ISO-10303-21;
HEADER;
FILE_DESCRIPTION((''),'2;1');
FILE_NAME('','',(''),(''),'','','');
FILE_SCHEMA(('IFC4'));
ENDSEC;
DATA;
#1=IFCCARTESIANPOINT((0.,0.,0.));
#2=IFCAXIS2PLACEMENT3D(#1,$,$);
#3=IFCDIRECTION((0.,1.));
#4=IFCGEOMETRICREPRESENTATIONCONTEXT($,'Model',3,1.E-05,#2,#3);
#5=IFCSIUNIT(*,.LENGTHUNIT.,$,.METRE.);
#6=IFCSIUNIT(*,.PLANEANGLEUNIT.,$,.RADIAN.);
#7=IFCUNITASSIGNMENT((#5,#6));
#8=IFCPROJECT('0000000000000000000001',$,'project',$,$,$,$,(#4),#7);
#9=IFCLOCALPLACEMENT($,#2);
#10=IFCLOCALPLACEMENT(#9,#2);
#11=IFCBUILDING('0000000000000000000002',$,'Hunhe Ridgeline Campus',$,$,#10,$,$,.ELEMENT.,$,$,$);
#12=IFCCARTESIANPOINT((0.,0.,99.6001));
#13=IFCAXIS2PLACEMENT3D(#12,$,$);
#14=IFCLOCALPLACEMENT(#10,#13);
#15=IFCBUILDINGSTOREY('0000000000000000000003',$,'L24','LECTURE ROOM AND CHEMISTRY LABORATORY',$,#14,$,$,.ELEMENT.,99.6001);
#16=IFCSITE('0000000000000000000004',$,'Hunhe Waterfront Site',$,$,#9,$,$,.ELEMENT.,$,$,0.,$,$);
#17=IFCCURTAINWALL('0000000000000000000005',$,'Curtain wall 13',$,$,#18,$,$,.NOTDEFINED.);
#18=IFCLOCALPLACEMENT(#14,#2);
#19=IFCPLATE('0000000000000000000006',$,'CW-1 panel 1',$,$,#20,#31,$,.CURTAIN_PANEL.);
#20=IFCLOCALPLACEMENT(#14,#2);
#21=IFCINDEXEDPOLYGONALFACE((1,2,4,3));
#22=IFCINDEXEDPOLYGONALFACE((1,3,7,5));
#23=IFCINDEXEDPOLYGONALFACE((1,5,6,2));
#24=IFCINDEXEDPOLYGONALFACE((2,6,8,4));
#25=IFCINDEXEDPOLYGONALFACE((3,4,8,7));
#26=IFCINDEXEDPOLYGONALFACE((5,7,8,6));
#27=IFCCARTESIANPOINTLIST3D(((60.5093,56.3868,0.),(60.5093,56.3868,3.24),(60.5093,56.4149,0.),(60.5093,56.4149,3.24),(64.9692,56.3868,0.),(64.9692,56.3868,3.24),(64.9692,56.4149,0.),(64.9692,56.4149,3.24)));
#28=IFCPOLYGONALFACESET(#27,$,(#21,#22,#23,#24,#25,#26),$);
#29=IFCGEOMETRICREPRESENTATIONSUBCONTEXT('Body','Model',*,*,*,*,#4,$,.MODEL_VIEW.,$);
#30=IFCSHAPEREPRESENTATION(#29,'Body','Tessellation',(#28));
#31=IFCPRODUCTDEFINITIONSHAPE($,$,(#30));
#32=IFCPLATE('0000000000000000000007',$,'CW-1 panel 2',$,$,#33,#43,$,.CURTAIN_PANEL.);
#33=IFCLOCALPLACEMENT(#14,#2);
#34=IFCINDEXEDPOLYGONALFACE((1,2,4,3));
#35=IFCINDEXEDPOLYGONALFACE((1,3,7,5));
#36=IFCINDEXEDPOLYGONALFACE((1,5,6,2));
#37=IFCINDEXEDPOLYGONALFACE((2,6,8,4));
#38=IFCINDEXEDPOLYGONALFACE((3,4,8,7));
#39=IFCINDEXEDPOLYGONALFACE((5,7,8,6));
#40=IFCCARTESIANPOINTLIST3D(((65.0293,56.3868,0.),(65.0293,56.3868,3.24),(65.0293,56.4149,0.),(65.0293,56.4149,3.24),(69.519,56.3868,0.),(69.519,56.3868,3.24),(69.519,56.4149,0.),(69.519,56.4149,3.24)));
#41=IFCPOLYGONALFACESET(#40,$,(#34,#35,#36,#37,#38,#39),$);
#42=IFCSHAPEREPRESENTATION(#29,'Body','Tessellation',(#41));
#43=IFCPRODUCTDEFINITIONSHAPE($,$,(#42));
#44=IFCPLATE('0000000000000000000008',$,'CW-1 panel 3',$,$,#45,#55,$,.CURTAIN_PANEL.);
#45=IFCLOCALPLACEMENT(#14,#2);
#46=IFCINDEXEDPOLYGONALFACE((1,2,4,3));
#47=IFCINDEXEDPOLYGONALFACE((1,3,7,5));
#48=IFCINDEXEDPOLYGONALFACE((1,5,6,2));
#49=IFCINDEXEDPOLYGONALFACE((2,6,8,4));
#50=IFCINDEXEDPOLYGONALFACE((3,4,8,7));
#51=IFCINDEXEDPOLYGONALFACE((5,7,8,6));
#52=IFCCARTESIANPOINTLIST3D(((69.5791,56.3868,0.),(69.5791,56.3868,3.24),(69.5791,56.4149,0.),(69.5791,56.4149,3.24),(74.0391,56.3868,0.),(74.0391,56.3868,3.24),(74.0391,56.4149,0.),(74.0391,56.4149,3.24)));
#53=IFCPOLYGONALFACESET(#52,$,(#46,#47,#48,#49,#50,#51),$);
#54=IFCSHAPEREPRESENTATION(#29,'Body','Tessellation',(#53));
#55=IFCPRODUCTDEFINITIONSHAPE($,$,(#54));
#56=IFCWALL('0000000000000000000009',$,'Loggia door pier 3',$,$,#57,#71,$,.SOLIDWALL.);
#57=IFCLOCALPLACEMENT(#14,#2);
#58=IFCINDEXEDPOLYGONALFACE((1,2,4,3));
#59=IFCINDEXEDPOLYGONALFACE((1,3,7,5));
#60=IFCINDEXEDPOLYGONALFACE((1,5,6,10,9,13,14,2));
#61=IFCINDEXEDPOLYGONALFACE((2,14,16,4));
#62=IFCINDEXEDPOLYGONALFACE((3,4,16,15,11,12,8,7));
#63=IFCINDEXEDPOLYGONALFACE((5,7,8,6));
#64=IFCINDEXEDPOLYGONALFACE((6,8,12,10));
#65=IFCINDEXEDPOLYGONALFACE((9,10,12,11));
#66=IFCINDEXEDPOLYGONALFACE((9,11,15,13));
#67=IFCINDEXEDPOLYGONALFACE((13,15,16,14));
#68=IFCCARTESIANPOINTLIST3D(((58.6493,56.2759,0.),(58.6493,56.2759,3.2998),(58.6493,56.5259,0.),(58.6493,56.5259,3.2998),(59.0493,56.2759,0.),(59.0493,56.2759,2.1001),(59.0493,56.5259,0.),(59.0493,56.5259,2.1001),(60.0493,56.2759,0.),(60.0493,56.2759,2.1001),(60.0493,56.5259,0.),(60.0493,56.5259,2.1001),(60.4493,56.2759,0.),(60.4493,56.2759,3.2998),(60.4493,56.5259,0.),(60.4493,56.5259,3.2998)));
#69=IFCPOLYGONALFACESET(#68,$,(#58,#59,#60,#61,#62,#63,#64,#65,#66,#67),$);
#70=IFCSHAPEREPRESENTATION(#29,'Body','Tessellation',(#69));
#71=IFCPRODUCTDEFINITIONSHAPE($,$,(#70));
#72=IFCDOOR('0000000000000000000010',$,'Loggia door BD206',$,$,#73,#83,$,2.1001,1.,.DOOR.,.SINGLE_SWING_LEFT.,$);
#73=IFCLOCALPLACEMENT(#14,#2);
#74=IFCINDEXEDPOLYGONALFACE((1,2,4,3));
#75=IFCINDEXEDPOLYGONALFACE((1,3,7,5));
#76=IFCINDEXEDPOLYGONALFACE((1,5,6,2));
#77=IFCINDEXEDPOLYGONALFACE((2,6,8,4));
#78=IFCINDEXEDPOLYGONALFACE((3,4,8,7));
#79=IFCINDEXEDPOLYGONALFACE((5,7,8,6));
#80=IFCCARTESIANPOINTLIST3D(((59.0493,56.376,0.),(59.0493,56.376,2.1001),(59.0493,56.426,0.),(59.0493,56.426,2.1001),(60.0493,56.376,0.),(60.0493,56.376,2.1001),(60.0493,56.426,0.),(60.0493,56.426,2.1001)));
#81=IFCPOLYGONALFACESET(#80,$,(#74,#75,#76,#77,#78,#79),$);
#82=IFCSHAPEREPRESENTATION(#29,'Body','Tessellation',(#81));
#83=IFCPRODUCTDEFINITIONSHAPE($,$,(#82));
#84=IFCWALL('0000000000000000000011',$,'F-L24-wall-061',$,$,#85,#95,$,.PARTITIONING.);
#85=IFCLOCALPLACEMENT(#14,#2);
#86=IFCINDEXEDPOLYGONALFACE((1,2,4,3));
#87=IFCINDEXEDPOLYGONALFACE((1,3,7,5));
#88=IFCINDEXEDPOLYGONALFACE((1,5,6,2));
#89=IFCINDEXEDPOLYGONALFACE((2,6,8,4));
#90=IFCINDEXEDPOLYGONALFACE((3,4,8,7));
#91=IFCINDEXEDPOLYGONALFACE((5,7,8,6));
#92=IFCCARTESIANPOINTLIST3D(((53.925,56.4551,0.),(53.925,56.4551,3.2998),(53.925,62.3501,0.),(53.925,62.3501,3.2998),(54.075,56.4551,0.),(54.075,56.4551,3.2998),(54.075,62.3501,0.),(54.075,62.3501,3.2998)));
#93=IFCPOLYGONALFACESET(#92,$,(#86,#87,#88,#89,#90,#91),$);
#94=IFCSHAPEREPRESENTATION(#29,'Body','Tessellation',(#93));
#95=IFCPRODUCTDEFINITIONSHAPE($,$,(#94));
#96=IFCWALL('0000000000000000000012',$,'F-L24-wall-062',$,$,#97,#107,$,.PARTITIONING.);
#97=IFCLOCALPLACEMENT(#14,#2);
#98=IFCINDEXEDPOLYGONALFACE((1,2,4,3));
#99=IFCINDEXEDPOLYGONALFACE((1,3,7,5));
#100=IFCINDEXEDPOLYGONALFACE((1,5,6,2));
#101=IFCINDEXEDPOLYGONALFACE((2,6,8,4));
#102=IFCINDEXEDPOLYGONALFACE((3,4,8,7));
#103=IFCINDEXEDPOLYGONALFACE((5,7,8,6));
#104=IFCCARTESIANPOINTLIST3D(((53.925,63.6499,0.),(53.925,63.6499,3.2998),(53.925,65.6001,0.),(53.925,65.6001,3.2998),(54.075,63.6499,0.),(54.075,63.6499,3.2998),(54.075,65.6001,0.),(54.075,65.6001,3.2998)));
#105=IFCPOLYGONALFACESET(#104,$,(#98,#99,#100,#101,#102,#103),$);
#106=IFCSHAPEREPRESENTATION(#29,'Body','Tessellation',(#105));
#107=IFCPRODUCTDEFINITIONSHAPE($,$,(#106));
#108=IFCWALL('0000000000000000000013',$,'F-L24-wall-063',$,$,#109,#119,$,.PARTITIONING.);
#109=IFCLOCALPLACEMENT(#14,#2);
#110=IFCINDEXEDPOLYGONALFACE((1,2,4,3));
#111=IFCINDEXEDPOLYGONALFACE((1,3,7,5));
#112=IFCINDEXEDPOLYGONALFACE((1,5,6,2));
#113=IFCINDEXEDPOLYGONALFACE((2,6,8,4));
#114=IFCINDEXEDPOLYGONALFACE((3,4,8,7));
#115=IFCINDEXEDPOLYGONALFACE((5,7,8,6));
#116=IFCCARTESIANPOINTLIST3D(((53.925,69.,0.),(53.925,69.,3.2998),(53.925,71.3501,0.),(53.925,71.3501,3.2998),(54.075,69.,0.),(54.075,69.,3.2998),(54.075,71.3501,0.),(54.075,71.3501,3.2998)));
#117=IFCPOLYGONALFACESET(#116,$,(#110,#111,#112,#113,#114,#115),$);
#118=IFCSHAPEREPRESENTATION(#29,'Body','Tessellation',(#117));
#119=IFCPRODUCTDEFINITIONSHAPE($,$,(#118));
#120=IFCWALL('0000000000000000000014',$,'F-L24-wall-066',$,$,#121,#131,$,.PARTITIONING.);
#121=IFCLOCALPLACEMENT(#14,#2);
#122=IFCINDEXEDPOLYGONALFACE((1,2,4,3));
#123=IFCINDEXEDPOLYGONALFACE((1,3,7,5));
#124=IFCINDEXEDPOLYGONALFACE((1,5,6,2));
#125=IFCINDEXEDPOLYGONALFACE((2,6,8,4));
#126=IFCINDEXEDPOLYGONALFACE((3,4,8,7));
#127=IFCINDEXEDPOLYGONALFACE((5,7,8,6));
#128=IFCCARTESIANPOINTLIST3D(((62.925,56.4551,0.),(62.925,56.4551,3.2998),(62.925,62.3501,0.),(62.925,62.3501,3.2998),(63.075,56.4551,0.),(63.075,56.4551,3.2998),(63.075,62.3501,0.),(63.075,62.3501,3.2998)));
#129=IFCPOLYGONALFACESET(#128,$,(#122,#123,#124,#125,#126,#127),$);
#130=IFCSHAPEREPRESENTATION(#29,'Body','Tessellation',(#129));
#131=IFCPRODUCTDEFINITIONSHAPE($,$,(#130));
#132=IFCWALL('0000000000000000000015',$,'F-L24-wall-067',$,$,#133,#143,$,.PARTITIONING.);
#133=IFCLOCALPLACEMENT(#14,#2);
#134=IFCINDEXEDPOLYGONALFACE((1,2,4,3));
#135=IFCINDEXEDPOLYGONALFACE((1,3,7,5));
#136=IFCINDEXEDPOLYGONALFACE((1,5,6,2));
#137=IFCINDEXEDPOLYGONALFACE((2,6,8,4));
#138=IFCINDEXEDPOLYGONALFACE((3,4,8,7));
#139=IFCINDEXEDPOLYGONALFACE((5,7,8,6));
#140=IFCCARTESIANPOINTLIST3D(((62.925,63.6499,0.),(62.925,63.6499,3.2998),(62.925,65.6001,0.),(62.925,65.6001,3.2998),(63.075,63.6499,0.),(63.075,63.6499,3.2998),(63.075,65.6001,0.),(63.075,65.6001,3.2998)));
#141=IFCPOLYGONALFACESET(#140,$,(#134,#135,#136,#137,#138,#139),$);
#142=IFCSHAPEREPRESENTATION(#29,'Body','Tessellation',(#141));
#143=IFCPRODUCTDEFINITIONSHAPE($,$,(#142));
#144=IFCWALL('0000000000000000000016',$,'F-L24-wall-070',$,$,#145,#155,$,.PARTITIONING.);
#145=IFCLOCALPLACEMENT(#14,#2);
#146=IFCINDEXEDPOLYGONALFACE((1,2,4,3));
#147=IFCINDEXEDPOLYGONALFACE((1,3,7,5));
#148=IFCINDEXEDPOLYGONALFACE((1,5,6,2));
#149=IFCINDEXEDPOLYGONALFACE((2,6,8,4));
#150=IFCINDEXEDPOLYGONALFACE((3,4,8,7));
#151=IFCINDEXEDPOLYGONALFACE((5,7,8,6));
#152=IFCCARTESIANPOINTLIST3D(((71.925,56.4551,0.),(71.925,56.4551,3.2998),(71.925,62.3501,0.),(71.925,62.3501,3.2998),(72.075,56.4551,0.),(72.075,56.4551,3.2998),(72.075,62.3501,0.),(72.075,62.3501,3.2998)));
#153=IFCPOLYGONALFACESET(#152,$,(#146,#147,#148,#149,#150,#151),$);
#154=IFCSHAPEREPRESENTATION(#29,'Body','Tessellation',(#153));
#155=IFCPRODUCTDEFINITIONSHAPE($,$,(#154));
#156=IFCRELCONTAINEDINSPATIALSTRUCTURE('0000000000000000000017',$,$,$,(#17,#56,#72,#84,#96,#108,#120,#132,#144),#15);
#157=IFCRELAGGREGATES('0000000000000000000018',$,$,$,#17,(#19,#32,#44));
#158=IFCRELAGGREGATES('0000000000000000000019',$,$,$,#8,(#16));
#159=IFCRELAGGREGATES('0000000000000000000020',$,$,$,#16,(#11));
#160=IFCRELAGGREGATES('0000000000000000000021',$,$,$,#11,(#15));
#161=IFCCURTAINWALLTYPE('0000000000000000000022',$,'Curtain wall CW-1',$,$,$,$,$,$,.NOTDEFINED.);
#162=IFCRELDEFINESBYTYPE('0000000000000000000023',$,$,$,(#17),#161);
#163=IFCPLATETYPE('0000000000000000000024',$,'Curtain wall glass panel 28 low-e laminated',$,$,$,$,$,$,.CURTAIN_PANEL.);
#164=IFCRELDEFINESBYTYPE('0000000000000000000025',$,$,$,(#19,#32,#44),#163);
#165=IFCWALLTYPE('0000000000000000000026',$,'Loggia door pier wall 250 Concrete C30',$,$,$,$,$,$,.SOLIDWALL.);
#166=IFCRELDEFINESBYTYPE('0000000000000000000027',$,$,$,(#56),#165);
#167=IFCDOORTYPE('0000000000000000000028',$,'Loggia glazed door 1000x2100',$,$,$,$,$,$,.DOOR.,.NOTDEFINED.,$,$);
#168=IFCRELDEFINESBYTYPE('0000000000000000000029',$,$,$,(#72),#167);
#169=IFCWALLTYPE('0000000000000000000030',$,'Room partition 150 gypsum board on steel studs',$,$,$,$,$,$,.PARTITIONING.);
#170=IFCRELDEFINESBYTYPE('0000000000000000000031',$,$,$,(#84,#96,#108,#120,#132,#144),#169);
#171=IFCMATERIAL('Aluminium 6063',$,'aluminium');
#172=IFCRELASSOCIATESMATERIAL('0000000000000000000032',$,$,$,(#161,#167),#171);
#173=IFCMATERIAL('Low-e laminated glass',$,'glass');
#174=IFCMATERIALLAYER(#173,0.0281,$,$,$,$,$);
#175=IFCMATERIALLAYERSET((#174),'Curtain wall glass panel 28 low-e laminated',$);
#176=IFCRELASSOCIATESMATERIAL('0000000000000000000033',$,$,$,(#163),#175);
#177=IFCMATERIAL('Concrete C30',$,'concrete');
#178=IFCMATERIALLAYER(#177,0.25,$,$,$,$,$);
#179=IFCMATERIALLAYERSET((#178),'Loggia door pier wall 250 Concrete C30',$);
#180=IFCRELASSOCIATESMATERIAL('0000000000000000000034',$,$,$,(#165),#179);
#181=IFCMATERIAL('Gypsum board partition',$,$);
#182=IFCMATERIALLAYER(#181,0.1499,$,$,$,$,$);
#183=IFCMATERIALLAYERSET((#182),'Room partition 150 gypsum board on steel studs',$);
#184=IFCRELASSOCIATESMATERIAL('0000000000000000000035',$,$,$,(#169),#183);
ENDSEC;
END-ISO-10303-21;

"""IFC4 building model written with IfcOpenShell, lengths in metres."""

from ifc_helpers import new_model, si_unit, direction, frame, frame_2d, origin, origin_2d, place, context, subcontext, project, spatial, rectangle, extrude, material, layer, layer_set, type_object, element, fill, aggregate, save


model = new_model("IFC4")

# Units and contexts
model_context = context("Model", 3, precision=1e-05, world=origin(), true_north=direction((0.0, 1.0)))
body_context = subcontext(model_context, "Body", "Model", "MODEL_VIEW")
ifc_project = project(units=[si_unit("LENGTHUNIT", "METRE"), si_unit("PLANEANGLEUNIT", "RADIAN")], contexts=[model_context])

# Site, building, storey
site_placement = place(None, origin())
site = spatial("IfcSite", under=ifc_project, at=site_placement, Name="Hunhe Waterfront Site", CompositionType="ELEMENT", RefElevation=0.0)
building_placement = place(site_placement, origin())
building = spatial("IfcBuilding", under=site, at=building_placement, Name="Hunhe Ridgeline Campus", CompositionType="ELEMENT")
storey_placement = place(building_placement, frame((0.0, 0.0, 99.6001)))
storey = spatial("IfcBuildingStorey", under=building, at=storey_placement, Name="L24", Description="LECTURE ROOM AND CHEMISTRY LABORATORY", CompositionType="ELEMENT", Elevation=99.6001)

# Curtain wall
ifc_material_1 = material(Name="Aluminium 6063", Category="aluminium")
curtain_wall_type = type_object("IfcCurtainWallType", Name="Curtain wall CW-1", PredefinedType="NOTDEFINED", material=ifc_material_1)
curtain_wall_1_placement = place(storey_placement, origin())
curtain_wall_1 = element("IfcCurtainWall", 1, at=curtain_wall_1_placement, inside=storey, type_object=curtain_wall_type, Name="Curtain wall 13", PredefinedType="NOTDEFINED")

# Plates
ifc_material_2 = material(Name="Low-e laminated glass", Category="glass")
ifc_layer_1 = layer(ifc_material_2, 0.0281)
ifc_layer_set_1 = layer_set([ifc_layer_1], Name="Curtain wall glass panel 28 low-e laminated")
plate_type = type_object("IfcPlateType", Name="Curtain wall glass panel 28 low-e laminated", PredefinedType="CURTAIN_PANEL", material=ifc_layer_set_1)
plate_1_placement = place(storey_placement, frame((62.7393, 56.4009, 0.0), z_axis=(0.0, 0.0, 1.0), x_axis=(1.0, 0.0, 0.0)))
plate_1 = element("IfcPlate", 2, at=plate_1_placement, type_object=plate_type, Name="CW-1 panel 1", PredefinedType="CURTAIN_PANEL", context=body_context, shape_type="SweptSolid", body=[
    extrude(rectangle(XDim=4.46, YDim=0.0281, at=origin_2d()), origin(), (0.0, 0.0, 1.0), 3.24),
])
plate_2_placement = place(storey_placement, frame((67.2742, 56.4009, 0.0), z_axis=(0.0, 0.0, 1.0), x_axis=(1.0, 0.0, 0.0)))
plate_2 = element("IfcPlate", 3, at=plate_2_placement, type_object=plate_type, Name="CW-1 panel 2", PredefinedType="CURTAIN_PANEL", context=body_context, shape_type="SweptSolid", body=[
    extrude(rectangle(XDim=4.4897, YDim=0.0281, at=origin_2d()), origin(), (0.0, 0.0, 1.0), 3.24),
])
plate_3_placement = place(storey_placement, frame((71.8091, 56.4009, 0.0), z_axis=(0.0, 0.0, 1.0), x_axis=(1.0, 0.0, 0.0)))
plate_3 = element("IfcPlate", 4, at=plate_3_placement, type_object=plate_type, Name="CW-1 panel 3", PredefinedType="CURTAIN_PANEL", context=body_context, shape_type="SweptSolid", body=[
    extrude(rectangle(XDim=4.46, YDim=0.0281, at=origin_2d()), origin(), (0.0, 0.0, 1.0), 3.24),
])
aggregate(curtain_wall_1, [plate_1, plate_2, plate_3])

# Wall, opening, door
ifc_material_3 = material(Name="Concrete C30", Category="concrete")
ifc_layer_2 = layer(ifc_material_3, 0.25)
ifc_layer_set_2 = layer_set([ifc_layer_2], Name="Loggia door pier wall 250 Concrete C30")
wall_type_1 = type_object("IfcWallType", Name="Loggia door pier wall 250 Concrete C30", PredefinedType="SOLIDWALL", material=ifc_layer_set_2)
wall_1_placement = place(storey_placement, frame((58.6494, 56.4009, 0.0), z_axis=(0.0, 0.0, 1.0), x_axis=(1.0, 0.0, 0.0)))
wall_1 = element("IfcWall", 5, at=wall_1_placement, inside=storey, type_object=wall_type_1, Name="Loggia door pier 3", PredefinedType="SOLIDWALL", context=body_context, shape_type="SweptSolid", body=[
    extrude(rectangle(XDim=1.8, YDim=0.25, at=frame_2d((0.8999, 0.0))), origin(), (0.0, 0.0, 1.0), 3.2998),
])
opening_placement = place(wall_1_placement, frame((0.3999, 0.0, 0.0)))
opening = element("IfcOpeningElement", 6, at=opening_placement, cuts=wall_1, PredefinedType="OPENING", context=body_context, shape_type="SweptSolid", body=[
    extrude(rectangle(XDim=1.0, YDim=2.1001, at=frame_2d((0.5, 1.05))), frame((0.0, 0.125, 0.0), z_axis=(0.0, -1.0, 0.0), x_axis=(1.0, 0.0, 0.0)), (0.0, 0.0, 1.0), 0.25),
])
door_type = type_object("IfcDoorType", Name="Loggia glazed door 1000x2100", OperationType="NOTDEFINED", PredefinedType="DOOR", material=ifc_material_1)
door_placement = place(opening_placement, frame((1.0, 0.0, 0.0), z_axis=(0.0, 0.0, 1.0), x_axis=(-1.0, 0.0, 0.0)))
door = element("IfcDoor", 7, at=door_placement, inside=storey, type_object=door_type, Name="Loggia door BD206", OperationType="SINGLE_SWING_LEFT", OverallHeight=2.1001, OverallWidth=1.0, PredefinedType="DOOR", context=body_context, shape_type="SweptSolid", body=[
    extrude(rectangle(XDim=1.0, YDim=2.1001, at=frame_2d((0.5, 1.05))), frame((0.0, 0.0249, 0.0), z_axis=(0.0, -1.0, 0.0), x_axis=(1.0, 0.0, 0.0)), (0.0, 0.0, 1.0), 0.05),
])
fill(opening, door)

# Walls
ifc_material_4 = material(Name="Gypsum board partition")
ifc_layer_3 = layer(ifc_material_4, 0.1499)
ifc_layer_set_3 = layer_set([ifc_layer_3], Name="Room partition 150 gypsum board on steel studs")
wall_type_2 = type_object("IfcWallType", Name="Room partition 150 gypsum board on steel studs", PredefinedType="PARTITIONING", material=ifc_layer_set_3)
wall_2_placement = place(storey_placement, frame((54.0, 62.3501, 0.0), z_axis=(0.0, 0.0, 1.0), x_axis=(0.0, -1.0, 0.0)))
element("IfcWall", 8, at=wall_2_placement, inside=storey, type_object=wall_type_2, Name="F-L24-wall-061", PredefinedType="PARTITIONING", context=body_context, shape_type="SweptSolid", body=[
    extrude(rectangle(XDim=5.895, YDim=0.1499, at=frame_2d((2.9475, 0.0))), origin(), (0.0, 0.0, 1.0), 3.2998),
])
wall_3_placement = place(storey_placement, frame((54.0, 65.6001, 0.0), z_axis=(0.0, 0.0, 1.0), x_axis=(0.0, -1.0, 0.0)))
element("IfcWall", 9, at=wall_3_placement, inside=storey, type_object=wall_type_2, Name="F-L24-wall-062", PredefinedType="PARTITIONING", context=body_context, shape_type="SweptSolid", body=[
    extrude(rectangle(XDim=1.9502, YDim=0.1499, at=frame_2d((0.9751, 0.0))), origin(), (0.0, 0.0, 1.0), 3.2998),
])
wall_4_placement = place(storey_placement, frame((54.0, 71.3501, 0.0), z_axis=(0.0, 0.0, 1.0), x_axis=(0.0, -1.0, 0.0)))
element("IfcWall", 10, at=wall_4_placement, inside=storey, type_object=wall_type_2, Name="F-L24-wall-063", PredefinedType="PARTITIONING", context=body_context, shape_type="SweptSolid", body=[
    extrude(rectangle(XDim=2.3501, YDim=0.1499, at=frame_2d((1.175, 0.0))), origin(), (0.0, 0.0, 1.0), 3.2998),
])
wall_5_placement = place(storey_placement, frame((63.0, 62.3501, 0.0), z_axis=(0.0, 0.0, 1.0), x_axis=(0.0, -1.0, 0.0)))
element("IfcWall", 11, at=wall_5_placement, inside=storey, type_object=wall_type_2, Name="F-L24-wall-066", PredefinedType="PARTITIONING", context=body_context, shape_type="SweptSolid", body=[
    extrude(rectangle(XDim=5.895, YDim=0.1499, at=frame_2d((2.9475, 0.0))), origin(), (0.0, 0.0, 1.0), 3.2998),
])
wall_6_placement = place(storey_placement, frame((63.0, 65.6001, 0.0), z_axis=(0.0, 0.0, 1.0), x_axis=(0.0, -1.0, 0.0)))
element("IfcWall", 12, at=wall_6_placement, inside=storey, type_object=wall_type_2, Name="F-L24-wall-067", PredefinedType="PARTITIONING", context=body_context, shape_type="SweptSolid", body=[
    extrude(rectangle(XDim=1.9502, YDim=0.1499, at=frame_2d((0.9751, 0.0))), origin(), (0.0, 0.0, 1.0), 3.2998),
])
wall_7_placement = place(storey_placement, frame((72.0, 62.3501, 0.0), z_axis=(0.0, 0.0, 1.0), x_axis=(0.0, -1.0, 0.0)))
element("IfcWall", 13, at=wall_7_placement, inside=storey, type_object=wall_type_2, Name="F-L24-wall-070", PredefinedType="PARTITIONING", context=body_context, shape_type="SweptSolid", body=[
    extrude(rectangle(XDim=5.895, YDim=0.1499, at=frame_2d((2.9475, 0.0))), origin(), (0.0, 0.0, 1.0), 3.2998),
])

save(model, "model.ifc")
